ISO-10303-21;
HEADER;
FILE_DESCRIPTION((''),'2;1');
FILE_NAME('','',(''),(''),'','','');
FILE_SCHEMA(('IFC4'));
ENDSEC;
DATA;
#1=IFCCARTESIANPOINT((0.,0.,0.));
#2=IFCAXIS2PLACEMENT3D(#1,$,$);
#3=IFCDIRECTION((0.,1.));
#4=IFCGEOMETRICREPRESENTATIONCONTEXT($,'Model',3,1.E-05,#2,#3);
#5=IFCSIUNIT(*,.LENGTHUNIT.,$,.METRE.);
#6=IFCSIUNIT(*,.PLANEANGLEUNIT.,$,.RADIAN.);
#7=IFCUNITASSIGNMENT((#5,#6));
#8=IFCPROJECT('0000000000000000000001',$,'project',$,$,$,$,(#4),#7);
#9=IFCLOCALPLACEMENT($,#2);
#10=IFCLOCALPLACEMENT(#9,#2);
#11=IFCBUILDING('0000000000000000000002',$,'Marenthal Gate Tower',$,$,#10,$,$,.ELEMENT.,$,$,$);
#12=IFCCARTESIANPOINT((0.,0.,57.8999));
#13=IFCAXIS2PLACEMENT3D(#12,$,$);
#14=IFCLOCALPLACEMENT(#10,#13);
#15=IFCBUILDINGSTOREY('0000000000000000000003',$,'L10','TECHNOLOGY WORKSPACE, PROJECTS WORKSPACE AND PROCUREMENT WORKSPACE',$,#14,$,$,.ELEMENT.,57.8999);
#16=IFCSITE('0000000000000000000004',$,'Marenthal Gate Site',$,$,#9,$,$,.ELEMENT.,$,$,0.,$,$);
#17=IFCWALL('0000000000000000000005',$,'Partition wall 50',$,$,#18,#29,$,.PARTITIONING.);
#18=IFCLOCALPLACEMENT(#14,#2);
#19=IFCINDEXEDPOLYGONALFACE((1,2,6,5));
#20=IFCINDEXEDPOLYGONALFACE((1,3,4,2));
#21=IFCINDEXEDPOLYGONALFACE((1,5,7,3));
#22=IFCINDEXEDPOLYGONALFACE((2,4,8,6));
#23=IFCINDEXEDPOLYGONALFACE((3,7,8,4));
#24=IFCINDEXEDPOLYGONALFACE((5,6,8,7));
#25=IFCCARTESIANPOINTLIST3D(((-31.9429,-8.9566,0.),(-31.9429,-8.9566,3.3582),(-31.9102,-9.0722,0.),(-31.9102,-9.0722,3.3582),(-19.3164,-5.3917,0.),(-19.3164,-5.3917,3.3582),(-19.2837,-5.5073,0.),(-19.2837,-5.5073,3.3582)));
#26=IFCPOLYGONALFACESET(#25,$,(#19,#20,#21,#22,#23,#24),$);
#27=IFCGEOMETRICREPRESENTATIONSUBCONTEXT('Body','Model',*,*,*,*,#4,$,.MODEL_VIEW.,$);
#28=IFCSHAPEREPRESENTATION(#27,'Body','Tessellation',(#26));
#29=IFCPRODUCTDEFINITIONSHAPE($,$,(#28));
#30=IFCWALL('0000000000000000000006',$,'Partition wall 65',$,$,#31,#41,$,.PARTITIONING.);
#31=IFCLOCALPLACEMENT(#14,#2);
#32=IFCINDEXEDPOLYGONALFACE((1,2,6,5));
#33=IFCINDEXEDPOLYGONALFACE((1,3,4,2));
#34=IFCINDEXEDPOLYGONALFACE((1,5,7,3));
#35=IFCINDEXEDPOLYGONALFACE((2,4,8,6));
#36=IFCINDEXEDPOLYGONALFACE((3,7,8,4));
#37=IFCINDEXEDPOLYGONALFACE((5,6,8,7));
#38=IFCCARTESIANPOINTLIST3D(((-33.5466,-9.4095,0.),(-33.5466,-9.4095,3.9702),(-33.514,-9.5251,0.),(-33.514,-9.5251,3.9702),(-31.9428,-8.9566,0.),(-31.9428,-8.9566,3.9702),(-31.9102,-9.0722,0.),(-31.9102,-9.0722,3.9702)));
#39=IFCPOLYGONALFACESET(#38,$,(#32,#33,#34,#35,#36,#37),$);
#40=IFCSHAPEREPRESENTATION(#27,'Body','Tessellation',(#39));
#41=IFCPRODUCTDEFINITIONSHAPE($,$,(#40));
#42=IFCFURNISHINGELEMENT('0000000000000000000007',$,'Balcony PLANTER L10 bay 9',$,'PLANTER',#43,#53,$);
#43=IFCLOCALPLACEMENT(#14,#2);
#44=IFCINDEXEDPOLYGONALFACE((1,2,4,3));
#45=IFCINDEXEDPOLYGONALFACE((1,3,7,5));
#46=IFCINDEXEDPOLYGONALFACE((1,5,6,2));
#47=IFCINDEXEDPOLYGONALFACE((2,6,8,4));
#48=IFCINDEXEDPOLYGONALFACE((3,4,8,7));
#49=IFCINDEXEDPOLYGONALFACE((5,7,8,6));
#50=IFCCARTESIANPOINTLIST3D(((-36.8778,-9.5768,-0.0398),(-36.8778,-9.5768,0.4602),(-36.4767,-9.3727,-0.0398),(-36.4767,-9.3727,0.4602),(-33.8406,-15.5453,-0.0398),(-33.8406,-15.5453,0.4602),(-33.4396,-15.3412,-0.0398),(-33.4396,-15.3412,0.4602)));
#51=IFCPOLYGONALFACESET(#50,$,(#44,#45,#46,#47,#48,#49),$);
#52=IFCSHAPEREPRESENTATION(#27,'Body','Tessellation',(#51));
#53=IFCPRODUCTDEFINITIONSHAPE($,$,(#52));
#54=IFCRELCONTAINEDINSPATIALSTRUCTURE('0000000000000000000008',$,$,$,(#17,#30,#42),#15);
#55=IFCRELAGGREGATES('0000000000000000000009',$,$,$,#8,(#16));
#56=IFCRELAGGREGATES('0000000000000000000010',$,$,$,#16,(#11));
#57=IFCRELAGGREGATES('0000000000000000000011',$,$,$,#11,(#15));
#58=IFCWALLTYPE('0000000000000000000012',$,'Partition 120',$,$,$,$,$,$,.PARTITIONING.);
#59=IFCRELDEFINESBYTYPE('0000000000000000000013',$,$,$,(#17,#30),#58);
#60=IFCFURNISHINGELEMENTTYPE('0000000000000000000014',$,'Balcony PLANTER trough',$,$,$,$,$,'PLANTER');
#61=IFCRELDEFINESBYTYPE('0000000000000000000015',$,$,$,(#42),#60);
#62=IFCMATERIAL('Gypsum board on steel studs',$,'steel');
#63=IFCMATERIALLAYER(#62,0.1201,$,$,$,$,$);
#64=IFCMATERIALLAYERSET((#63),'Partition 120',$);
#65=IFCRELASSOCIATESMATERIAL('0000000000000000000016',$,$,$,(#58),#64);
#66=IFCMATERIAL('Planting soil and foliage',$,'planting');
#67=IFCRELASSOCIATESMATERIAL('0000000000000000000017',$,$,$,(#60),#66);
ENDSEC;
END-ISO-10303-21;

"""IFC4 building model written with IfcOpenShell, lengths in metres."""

from ifc_helpers import new_model, si_unit, direction, frame, frame_2d, origin, origin_2d, place, context, subcontext, project, spatial, rectangle, extrude, material, layer, layer_set, type_object, element, save


model = new_model("IFC4")

# Units and contexts
model_context = context("Model", 3, precision=1e-05, world=origin(), true_north=direction((0.0, 1.0)))
body_context = subcontext(model_context, "Body", "Model", "MODEL_VIEW")
ifc_project = project(units=[si_unit("LENGTHUNIT", "METRE"), si_unit("PLANEANGLEUNIT", "RADIAN")], contexts=[model_context])

# Site, building, storey
site_placement = place(None, origin())
site = spatial("IfcSite", under=ifc_project, at=site_placement, Name="Marenthal Gate Site", CompositionType="ELEMENT", RefElevation=0.0)
building_placement = place(site_placement, origin())
building = spatial("IfcBuilding", under=site, at=building_placement, Name="Marenthal Gate Tower", CompositionType="ELEMENT")
storey_placement = place(building_placement, frame((0.0, 0.0, 57.8999)))
storey = spatial("IfcBuildingStorey", under=building, at=storey_placement, Name="L10", Description="TECHNOLOGY WORKSPACE, PROJECTS WORKSPACE AND PROCUREMENT WORKSPACE", CompositionType="ELEMENT", Elevation=57.8999)

# Walls
ifc_material_1 = material(Name="Gypsum board on steel studs", Category="steel")
ifc_layer_1 = layer(ifc_material_1, 0.1201)
ifc_layer_set_1 = layer_set([ifc_layer_1], Name="Partition 120")
wall_type_1 = type_object("IfcWallType", Name="Partition 120", PredefinedType="PARTITIONING", material=ifc_layer_set_1)
wall_1_placement = place(storey_placement, frame((-19.3, -5.4495, 0.0), z_axis=(0.0, 0.0, 1.0), x_axis=(-0.962377, -0.271716, 0.0)))
element("IfcWall", 1, at=wall_1_placement, inside=storey, type_object=wall_type_1, Name="Partition wall 50", PredefinedType="PARTITIONING", context=body_context, shape_type="SweptSolid", body=[
    extrude(rectangle(XDim=13.1201, YDim=0.1201, at=frame_2d((6.5601, 0.0))), origin(), (0.0, 0.0, 1.0), 3.3582),
])
wall_2_placement = place(storey_placement, frame((-31.9265, -9.0144, 0.0), z_axis=(0.0, 0.0, 1.0), x_axis=(-0.962365, -0.271759, 0.0)))
element("IfcWall", 2, at=wall_2_placement, inside=storey, type_object=wall_type_1, Name="Partition wall 65", PredefinedType="PARTITIONING", context=body_context, shape_type="SweptSolid", body=[
    extrude(rectangle(XDim=1.6665, YDim=0.1201, at=frame_2d((0.8333, 0.0))), origin(), (0.0, 0.0, 1.0), 3.9702),
])

# Furnishing element
ifc_material_2 = material(Name="Planting soil and foliage", Category="planting")
furnishing_element_type = type_object("IfcFurnishingElementType", Name="Balcony PLANTER trough", ElementType="PLANTER", material=ifc_material_2)
furnishing_placement = place(storey_placement, frame((-35.1587, -12.459, -0.0398), z_axis=(0.0, 0.0, 1.0), x_axis=(0.453518, -0.891247, 0.0)))
element("IfcFurnishingElement", 3, at=furnishing_placement, inside=storey, type_object=furnishing_element_type, Name="Balcony PLANTER L10 bay 9", ObjectType="PLANTER", context=body_context, shape_type="SweptSolid", body=[
    extrude(rectangle(XDim=6.6968, YDim=0.45, at=origin_2d()), origin(), (0.0, 0.0, 1.0), 0.5),
])

save(model, "model.ifc")
